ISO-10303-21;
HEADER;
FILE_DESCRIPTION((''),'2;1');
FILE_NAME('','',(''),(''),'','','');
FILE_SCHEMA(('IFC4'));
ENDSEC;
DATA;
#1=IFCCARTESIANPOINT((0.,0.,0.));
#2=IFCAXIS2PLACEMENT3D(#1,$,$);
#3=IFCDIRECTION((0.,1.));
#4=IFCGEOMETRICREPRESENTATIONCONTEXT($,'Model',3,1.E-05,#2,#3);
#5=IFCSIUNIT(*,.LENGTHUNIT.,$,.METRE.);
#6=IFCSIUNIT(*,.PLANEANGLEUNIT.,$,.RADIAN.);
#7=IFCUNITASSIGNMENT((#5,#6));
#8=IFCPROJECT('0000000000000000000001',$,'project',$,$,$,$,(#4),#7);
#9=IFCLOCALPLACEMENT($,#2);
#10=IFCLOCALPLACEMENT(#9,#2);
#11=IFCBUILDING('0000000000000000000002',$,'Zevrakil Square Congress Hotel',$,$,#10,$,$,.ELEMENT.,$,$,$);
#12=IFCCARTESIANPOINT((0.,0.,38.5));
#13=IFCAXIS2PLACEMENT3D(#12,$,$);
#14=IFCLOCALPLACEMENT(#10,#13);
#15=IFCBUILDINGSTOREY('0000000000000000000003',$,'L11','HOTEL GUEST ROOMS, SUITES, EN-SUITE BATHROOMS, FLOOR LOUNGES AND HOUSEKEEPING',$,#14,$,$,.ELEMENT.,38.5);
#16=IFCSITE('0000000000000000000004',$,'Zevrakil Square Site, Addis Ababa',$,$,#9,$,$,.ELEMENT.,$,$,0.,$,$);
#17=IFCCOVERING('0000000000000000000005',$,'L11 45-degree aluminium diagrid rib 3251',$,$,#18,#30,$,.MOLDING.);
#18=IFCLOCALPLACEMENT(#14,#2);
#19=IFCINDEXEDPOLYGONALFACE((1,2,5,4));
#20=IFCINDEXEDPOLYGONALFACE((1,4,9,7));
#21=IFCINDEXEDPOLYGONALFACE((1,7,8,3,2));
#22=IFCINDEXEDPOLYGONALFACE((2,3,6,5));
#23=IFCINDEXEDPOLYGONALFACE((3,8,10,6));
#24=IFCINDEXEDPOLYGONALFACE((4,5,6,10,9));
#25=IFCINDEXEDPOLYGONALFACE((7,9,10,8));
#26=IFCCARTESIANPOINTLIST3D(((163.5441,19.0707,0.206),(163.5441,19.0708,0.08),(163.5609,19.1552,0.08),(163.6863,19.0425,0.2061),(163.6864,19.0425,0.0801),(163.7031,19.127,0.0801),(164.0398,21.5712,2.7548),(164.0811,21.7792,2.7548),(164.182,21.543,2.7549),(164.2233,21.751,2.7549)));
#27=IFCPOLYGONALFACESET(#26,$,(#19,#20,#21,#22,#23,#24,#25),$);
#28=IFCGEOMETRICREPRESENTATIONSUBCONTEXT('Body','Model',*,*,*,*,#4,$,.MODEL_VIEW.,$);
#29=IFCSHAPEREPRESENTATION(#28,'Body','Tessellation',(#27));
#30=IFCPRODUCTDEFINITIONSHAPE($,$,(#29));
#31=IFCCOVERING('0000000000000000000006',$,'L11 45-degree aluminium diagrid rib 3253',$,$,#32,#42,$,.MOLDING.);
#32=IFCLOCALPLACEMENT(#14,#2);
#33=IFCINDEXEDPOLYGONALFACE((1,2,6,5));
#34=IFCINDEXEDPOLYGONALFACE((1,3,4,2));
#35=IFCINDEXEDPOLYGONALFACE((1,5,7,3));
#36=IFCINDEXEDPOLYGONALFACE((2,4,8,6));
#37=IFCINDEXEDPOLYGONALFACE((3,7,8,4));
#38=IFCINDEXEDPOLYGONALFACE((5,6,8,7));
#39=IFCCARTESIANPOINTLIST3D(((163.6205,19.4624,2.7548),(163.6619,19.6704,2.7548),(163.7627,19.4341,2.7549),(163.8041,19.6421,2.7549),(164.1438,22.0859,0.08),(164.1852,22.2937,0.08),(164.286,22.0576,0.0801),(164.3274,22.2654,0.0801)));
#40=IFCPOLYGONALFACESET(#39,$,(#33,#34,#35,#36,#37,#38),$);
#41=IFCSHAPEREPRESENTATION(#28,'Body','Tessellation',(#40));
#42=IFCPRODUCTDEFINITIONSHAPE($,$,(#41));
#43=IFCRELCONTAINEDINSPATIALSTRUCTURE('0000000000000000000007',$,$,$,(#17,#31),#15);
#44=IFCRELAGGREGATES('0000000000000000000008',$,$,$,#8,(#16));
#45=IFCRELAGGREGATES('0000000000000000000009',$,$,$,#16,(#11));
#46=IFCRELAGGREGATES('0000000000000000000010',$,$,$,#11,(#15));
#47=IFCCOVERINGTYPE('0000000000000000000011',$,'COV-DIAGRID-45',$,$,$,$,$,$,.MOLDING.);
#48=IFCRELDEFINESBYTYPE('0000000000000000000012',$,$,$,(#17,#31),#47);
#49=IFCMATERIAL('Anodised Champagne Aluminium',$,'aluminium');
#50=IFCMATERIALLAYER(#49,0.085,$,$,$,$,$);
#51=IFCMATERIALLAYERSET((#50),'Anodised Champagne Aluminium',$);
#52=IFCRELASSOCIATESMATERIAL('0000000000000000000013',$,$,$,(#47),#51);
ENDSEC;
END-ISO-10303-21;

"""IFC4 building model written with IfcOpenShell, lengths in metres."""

from ifc_helpers import new_model, si_unit, direction, frame, origin, place, context, subcontext, project, spatial, polyline, outline, extrude, material, layer, layer_set, type_object, element, save


model = new_model("IFC4")

# Units and contexts
model_context = context("Model", 3, precision=1e-05, world=origin(), true_north=direction((0.0, 1.0)))
body_context = subcontext(model_context, "Body", "Model", "MODEL_VIEW")
ifc_project = project(units=[si_unit("LENGTHUNIT", "METRE"), si_unit("PLANEANGLEUNIT", "RADIAN")], contexts=[model_context])

# Site, building, storey
site_placement = place(None, origin())
site = spatial("IfcSite", under=ifc_project, at=site_placement, Name="Zevrakil Square Site, Addis Ababa", CompositionType="ELEMENT", RefElevation=0.0)
building_placement = place(site_placement, origin())
building = spatial("IfcBuilding", under=site, at=building_placement, Name="Zevrakil Square Congress Hotel", CompositionType="ELEMENT")
storey_placement = place(building_placement, frame((0.0, 0.0, 38.5)))
storey = spatial("IfcBuildingStorey", under=building, at=storey_placement, Name="L11", Description="HOTEL GUEST ROOMS, SUITES, EN-SUITE BATHROOMS, FLOOR LOUNGES AND HOUSEKEEPING", CompositionType="ELEMENT", Elevation=38.5)

# Coverings
ifc_material_1 = material(Name="Anodised Champagne Aluminium", Category="aluminium")
ifc_layer_1 = layer(ifc_material_1, 0.085)
ifc_layer_set_1 = layer_set([ifc_layer_1], Name="Anodised Champagne Aluminium")
covering_type_1 = type_object("IfcCoveringType", Name="COV-DIAGRID-45", PredefinedType="MOLDING", material=ifc_layer_set_1)
covering_1_placement = place(storey_placement, frame((163.7031, 19.127, 0.0801), z_axis=(0.980857, -0.194732, 0.000273), x_axis=(-0.194732, -0.980857, -0.000001)))
element("IfcCovering", 1, at=covering_1_placement, inside=storey, type_object=covering_type_1, Name="L11 45-degree aluminium diagrid rib 3251", PredefinedType="MOLDING", context=body_context, shape_type="SweptSolid", body=[
    extrude(outline(polyline([(0.0, 0.0), (0.0861, 0.0), (0.0861, -0.126), (-2.463, -2.6748), (-2.6751, -2.6748), (0.0, 0.0)])), origin(), (0.0, 0.0, -1.0), 0.145),
])
covering_2_placement = place(storey_placement, frame((163.7627, 19.4341, 2.7549), z_axis=(0.980757, -0.19523, 0.000402), x_axis=(0.19523, 0.980757, 0.0)))
element("IfcCovering", 2, at=covering_2_placement, inside=storey, type_object=covering_type_1, Name="L11 45-degree aluminium diagrid rib 3253", PredefinedType="MOLDING", context=body_context, shape_type="SweptSolid", body=[
    extrude(outline(polyline([(0.0, 0.0), (0.2121, 0.0), (2.8871, -2.6748), (2.6752, -2.6748), (0.0, 0.0)])), origin(), (0.0, 0.0, -1.0), 0.145),
])

save(model, "model.ifc")
